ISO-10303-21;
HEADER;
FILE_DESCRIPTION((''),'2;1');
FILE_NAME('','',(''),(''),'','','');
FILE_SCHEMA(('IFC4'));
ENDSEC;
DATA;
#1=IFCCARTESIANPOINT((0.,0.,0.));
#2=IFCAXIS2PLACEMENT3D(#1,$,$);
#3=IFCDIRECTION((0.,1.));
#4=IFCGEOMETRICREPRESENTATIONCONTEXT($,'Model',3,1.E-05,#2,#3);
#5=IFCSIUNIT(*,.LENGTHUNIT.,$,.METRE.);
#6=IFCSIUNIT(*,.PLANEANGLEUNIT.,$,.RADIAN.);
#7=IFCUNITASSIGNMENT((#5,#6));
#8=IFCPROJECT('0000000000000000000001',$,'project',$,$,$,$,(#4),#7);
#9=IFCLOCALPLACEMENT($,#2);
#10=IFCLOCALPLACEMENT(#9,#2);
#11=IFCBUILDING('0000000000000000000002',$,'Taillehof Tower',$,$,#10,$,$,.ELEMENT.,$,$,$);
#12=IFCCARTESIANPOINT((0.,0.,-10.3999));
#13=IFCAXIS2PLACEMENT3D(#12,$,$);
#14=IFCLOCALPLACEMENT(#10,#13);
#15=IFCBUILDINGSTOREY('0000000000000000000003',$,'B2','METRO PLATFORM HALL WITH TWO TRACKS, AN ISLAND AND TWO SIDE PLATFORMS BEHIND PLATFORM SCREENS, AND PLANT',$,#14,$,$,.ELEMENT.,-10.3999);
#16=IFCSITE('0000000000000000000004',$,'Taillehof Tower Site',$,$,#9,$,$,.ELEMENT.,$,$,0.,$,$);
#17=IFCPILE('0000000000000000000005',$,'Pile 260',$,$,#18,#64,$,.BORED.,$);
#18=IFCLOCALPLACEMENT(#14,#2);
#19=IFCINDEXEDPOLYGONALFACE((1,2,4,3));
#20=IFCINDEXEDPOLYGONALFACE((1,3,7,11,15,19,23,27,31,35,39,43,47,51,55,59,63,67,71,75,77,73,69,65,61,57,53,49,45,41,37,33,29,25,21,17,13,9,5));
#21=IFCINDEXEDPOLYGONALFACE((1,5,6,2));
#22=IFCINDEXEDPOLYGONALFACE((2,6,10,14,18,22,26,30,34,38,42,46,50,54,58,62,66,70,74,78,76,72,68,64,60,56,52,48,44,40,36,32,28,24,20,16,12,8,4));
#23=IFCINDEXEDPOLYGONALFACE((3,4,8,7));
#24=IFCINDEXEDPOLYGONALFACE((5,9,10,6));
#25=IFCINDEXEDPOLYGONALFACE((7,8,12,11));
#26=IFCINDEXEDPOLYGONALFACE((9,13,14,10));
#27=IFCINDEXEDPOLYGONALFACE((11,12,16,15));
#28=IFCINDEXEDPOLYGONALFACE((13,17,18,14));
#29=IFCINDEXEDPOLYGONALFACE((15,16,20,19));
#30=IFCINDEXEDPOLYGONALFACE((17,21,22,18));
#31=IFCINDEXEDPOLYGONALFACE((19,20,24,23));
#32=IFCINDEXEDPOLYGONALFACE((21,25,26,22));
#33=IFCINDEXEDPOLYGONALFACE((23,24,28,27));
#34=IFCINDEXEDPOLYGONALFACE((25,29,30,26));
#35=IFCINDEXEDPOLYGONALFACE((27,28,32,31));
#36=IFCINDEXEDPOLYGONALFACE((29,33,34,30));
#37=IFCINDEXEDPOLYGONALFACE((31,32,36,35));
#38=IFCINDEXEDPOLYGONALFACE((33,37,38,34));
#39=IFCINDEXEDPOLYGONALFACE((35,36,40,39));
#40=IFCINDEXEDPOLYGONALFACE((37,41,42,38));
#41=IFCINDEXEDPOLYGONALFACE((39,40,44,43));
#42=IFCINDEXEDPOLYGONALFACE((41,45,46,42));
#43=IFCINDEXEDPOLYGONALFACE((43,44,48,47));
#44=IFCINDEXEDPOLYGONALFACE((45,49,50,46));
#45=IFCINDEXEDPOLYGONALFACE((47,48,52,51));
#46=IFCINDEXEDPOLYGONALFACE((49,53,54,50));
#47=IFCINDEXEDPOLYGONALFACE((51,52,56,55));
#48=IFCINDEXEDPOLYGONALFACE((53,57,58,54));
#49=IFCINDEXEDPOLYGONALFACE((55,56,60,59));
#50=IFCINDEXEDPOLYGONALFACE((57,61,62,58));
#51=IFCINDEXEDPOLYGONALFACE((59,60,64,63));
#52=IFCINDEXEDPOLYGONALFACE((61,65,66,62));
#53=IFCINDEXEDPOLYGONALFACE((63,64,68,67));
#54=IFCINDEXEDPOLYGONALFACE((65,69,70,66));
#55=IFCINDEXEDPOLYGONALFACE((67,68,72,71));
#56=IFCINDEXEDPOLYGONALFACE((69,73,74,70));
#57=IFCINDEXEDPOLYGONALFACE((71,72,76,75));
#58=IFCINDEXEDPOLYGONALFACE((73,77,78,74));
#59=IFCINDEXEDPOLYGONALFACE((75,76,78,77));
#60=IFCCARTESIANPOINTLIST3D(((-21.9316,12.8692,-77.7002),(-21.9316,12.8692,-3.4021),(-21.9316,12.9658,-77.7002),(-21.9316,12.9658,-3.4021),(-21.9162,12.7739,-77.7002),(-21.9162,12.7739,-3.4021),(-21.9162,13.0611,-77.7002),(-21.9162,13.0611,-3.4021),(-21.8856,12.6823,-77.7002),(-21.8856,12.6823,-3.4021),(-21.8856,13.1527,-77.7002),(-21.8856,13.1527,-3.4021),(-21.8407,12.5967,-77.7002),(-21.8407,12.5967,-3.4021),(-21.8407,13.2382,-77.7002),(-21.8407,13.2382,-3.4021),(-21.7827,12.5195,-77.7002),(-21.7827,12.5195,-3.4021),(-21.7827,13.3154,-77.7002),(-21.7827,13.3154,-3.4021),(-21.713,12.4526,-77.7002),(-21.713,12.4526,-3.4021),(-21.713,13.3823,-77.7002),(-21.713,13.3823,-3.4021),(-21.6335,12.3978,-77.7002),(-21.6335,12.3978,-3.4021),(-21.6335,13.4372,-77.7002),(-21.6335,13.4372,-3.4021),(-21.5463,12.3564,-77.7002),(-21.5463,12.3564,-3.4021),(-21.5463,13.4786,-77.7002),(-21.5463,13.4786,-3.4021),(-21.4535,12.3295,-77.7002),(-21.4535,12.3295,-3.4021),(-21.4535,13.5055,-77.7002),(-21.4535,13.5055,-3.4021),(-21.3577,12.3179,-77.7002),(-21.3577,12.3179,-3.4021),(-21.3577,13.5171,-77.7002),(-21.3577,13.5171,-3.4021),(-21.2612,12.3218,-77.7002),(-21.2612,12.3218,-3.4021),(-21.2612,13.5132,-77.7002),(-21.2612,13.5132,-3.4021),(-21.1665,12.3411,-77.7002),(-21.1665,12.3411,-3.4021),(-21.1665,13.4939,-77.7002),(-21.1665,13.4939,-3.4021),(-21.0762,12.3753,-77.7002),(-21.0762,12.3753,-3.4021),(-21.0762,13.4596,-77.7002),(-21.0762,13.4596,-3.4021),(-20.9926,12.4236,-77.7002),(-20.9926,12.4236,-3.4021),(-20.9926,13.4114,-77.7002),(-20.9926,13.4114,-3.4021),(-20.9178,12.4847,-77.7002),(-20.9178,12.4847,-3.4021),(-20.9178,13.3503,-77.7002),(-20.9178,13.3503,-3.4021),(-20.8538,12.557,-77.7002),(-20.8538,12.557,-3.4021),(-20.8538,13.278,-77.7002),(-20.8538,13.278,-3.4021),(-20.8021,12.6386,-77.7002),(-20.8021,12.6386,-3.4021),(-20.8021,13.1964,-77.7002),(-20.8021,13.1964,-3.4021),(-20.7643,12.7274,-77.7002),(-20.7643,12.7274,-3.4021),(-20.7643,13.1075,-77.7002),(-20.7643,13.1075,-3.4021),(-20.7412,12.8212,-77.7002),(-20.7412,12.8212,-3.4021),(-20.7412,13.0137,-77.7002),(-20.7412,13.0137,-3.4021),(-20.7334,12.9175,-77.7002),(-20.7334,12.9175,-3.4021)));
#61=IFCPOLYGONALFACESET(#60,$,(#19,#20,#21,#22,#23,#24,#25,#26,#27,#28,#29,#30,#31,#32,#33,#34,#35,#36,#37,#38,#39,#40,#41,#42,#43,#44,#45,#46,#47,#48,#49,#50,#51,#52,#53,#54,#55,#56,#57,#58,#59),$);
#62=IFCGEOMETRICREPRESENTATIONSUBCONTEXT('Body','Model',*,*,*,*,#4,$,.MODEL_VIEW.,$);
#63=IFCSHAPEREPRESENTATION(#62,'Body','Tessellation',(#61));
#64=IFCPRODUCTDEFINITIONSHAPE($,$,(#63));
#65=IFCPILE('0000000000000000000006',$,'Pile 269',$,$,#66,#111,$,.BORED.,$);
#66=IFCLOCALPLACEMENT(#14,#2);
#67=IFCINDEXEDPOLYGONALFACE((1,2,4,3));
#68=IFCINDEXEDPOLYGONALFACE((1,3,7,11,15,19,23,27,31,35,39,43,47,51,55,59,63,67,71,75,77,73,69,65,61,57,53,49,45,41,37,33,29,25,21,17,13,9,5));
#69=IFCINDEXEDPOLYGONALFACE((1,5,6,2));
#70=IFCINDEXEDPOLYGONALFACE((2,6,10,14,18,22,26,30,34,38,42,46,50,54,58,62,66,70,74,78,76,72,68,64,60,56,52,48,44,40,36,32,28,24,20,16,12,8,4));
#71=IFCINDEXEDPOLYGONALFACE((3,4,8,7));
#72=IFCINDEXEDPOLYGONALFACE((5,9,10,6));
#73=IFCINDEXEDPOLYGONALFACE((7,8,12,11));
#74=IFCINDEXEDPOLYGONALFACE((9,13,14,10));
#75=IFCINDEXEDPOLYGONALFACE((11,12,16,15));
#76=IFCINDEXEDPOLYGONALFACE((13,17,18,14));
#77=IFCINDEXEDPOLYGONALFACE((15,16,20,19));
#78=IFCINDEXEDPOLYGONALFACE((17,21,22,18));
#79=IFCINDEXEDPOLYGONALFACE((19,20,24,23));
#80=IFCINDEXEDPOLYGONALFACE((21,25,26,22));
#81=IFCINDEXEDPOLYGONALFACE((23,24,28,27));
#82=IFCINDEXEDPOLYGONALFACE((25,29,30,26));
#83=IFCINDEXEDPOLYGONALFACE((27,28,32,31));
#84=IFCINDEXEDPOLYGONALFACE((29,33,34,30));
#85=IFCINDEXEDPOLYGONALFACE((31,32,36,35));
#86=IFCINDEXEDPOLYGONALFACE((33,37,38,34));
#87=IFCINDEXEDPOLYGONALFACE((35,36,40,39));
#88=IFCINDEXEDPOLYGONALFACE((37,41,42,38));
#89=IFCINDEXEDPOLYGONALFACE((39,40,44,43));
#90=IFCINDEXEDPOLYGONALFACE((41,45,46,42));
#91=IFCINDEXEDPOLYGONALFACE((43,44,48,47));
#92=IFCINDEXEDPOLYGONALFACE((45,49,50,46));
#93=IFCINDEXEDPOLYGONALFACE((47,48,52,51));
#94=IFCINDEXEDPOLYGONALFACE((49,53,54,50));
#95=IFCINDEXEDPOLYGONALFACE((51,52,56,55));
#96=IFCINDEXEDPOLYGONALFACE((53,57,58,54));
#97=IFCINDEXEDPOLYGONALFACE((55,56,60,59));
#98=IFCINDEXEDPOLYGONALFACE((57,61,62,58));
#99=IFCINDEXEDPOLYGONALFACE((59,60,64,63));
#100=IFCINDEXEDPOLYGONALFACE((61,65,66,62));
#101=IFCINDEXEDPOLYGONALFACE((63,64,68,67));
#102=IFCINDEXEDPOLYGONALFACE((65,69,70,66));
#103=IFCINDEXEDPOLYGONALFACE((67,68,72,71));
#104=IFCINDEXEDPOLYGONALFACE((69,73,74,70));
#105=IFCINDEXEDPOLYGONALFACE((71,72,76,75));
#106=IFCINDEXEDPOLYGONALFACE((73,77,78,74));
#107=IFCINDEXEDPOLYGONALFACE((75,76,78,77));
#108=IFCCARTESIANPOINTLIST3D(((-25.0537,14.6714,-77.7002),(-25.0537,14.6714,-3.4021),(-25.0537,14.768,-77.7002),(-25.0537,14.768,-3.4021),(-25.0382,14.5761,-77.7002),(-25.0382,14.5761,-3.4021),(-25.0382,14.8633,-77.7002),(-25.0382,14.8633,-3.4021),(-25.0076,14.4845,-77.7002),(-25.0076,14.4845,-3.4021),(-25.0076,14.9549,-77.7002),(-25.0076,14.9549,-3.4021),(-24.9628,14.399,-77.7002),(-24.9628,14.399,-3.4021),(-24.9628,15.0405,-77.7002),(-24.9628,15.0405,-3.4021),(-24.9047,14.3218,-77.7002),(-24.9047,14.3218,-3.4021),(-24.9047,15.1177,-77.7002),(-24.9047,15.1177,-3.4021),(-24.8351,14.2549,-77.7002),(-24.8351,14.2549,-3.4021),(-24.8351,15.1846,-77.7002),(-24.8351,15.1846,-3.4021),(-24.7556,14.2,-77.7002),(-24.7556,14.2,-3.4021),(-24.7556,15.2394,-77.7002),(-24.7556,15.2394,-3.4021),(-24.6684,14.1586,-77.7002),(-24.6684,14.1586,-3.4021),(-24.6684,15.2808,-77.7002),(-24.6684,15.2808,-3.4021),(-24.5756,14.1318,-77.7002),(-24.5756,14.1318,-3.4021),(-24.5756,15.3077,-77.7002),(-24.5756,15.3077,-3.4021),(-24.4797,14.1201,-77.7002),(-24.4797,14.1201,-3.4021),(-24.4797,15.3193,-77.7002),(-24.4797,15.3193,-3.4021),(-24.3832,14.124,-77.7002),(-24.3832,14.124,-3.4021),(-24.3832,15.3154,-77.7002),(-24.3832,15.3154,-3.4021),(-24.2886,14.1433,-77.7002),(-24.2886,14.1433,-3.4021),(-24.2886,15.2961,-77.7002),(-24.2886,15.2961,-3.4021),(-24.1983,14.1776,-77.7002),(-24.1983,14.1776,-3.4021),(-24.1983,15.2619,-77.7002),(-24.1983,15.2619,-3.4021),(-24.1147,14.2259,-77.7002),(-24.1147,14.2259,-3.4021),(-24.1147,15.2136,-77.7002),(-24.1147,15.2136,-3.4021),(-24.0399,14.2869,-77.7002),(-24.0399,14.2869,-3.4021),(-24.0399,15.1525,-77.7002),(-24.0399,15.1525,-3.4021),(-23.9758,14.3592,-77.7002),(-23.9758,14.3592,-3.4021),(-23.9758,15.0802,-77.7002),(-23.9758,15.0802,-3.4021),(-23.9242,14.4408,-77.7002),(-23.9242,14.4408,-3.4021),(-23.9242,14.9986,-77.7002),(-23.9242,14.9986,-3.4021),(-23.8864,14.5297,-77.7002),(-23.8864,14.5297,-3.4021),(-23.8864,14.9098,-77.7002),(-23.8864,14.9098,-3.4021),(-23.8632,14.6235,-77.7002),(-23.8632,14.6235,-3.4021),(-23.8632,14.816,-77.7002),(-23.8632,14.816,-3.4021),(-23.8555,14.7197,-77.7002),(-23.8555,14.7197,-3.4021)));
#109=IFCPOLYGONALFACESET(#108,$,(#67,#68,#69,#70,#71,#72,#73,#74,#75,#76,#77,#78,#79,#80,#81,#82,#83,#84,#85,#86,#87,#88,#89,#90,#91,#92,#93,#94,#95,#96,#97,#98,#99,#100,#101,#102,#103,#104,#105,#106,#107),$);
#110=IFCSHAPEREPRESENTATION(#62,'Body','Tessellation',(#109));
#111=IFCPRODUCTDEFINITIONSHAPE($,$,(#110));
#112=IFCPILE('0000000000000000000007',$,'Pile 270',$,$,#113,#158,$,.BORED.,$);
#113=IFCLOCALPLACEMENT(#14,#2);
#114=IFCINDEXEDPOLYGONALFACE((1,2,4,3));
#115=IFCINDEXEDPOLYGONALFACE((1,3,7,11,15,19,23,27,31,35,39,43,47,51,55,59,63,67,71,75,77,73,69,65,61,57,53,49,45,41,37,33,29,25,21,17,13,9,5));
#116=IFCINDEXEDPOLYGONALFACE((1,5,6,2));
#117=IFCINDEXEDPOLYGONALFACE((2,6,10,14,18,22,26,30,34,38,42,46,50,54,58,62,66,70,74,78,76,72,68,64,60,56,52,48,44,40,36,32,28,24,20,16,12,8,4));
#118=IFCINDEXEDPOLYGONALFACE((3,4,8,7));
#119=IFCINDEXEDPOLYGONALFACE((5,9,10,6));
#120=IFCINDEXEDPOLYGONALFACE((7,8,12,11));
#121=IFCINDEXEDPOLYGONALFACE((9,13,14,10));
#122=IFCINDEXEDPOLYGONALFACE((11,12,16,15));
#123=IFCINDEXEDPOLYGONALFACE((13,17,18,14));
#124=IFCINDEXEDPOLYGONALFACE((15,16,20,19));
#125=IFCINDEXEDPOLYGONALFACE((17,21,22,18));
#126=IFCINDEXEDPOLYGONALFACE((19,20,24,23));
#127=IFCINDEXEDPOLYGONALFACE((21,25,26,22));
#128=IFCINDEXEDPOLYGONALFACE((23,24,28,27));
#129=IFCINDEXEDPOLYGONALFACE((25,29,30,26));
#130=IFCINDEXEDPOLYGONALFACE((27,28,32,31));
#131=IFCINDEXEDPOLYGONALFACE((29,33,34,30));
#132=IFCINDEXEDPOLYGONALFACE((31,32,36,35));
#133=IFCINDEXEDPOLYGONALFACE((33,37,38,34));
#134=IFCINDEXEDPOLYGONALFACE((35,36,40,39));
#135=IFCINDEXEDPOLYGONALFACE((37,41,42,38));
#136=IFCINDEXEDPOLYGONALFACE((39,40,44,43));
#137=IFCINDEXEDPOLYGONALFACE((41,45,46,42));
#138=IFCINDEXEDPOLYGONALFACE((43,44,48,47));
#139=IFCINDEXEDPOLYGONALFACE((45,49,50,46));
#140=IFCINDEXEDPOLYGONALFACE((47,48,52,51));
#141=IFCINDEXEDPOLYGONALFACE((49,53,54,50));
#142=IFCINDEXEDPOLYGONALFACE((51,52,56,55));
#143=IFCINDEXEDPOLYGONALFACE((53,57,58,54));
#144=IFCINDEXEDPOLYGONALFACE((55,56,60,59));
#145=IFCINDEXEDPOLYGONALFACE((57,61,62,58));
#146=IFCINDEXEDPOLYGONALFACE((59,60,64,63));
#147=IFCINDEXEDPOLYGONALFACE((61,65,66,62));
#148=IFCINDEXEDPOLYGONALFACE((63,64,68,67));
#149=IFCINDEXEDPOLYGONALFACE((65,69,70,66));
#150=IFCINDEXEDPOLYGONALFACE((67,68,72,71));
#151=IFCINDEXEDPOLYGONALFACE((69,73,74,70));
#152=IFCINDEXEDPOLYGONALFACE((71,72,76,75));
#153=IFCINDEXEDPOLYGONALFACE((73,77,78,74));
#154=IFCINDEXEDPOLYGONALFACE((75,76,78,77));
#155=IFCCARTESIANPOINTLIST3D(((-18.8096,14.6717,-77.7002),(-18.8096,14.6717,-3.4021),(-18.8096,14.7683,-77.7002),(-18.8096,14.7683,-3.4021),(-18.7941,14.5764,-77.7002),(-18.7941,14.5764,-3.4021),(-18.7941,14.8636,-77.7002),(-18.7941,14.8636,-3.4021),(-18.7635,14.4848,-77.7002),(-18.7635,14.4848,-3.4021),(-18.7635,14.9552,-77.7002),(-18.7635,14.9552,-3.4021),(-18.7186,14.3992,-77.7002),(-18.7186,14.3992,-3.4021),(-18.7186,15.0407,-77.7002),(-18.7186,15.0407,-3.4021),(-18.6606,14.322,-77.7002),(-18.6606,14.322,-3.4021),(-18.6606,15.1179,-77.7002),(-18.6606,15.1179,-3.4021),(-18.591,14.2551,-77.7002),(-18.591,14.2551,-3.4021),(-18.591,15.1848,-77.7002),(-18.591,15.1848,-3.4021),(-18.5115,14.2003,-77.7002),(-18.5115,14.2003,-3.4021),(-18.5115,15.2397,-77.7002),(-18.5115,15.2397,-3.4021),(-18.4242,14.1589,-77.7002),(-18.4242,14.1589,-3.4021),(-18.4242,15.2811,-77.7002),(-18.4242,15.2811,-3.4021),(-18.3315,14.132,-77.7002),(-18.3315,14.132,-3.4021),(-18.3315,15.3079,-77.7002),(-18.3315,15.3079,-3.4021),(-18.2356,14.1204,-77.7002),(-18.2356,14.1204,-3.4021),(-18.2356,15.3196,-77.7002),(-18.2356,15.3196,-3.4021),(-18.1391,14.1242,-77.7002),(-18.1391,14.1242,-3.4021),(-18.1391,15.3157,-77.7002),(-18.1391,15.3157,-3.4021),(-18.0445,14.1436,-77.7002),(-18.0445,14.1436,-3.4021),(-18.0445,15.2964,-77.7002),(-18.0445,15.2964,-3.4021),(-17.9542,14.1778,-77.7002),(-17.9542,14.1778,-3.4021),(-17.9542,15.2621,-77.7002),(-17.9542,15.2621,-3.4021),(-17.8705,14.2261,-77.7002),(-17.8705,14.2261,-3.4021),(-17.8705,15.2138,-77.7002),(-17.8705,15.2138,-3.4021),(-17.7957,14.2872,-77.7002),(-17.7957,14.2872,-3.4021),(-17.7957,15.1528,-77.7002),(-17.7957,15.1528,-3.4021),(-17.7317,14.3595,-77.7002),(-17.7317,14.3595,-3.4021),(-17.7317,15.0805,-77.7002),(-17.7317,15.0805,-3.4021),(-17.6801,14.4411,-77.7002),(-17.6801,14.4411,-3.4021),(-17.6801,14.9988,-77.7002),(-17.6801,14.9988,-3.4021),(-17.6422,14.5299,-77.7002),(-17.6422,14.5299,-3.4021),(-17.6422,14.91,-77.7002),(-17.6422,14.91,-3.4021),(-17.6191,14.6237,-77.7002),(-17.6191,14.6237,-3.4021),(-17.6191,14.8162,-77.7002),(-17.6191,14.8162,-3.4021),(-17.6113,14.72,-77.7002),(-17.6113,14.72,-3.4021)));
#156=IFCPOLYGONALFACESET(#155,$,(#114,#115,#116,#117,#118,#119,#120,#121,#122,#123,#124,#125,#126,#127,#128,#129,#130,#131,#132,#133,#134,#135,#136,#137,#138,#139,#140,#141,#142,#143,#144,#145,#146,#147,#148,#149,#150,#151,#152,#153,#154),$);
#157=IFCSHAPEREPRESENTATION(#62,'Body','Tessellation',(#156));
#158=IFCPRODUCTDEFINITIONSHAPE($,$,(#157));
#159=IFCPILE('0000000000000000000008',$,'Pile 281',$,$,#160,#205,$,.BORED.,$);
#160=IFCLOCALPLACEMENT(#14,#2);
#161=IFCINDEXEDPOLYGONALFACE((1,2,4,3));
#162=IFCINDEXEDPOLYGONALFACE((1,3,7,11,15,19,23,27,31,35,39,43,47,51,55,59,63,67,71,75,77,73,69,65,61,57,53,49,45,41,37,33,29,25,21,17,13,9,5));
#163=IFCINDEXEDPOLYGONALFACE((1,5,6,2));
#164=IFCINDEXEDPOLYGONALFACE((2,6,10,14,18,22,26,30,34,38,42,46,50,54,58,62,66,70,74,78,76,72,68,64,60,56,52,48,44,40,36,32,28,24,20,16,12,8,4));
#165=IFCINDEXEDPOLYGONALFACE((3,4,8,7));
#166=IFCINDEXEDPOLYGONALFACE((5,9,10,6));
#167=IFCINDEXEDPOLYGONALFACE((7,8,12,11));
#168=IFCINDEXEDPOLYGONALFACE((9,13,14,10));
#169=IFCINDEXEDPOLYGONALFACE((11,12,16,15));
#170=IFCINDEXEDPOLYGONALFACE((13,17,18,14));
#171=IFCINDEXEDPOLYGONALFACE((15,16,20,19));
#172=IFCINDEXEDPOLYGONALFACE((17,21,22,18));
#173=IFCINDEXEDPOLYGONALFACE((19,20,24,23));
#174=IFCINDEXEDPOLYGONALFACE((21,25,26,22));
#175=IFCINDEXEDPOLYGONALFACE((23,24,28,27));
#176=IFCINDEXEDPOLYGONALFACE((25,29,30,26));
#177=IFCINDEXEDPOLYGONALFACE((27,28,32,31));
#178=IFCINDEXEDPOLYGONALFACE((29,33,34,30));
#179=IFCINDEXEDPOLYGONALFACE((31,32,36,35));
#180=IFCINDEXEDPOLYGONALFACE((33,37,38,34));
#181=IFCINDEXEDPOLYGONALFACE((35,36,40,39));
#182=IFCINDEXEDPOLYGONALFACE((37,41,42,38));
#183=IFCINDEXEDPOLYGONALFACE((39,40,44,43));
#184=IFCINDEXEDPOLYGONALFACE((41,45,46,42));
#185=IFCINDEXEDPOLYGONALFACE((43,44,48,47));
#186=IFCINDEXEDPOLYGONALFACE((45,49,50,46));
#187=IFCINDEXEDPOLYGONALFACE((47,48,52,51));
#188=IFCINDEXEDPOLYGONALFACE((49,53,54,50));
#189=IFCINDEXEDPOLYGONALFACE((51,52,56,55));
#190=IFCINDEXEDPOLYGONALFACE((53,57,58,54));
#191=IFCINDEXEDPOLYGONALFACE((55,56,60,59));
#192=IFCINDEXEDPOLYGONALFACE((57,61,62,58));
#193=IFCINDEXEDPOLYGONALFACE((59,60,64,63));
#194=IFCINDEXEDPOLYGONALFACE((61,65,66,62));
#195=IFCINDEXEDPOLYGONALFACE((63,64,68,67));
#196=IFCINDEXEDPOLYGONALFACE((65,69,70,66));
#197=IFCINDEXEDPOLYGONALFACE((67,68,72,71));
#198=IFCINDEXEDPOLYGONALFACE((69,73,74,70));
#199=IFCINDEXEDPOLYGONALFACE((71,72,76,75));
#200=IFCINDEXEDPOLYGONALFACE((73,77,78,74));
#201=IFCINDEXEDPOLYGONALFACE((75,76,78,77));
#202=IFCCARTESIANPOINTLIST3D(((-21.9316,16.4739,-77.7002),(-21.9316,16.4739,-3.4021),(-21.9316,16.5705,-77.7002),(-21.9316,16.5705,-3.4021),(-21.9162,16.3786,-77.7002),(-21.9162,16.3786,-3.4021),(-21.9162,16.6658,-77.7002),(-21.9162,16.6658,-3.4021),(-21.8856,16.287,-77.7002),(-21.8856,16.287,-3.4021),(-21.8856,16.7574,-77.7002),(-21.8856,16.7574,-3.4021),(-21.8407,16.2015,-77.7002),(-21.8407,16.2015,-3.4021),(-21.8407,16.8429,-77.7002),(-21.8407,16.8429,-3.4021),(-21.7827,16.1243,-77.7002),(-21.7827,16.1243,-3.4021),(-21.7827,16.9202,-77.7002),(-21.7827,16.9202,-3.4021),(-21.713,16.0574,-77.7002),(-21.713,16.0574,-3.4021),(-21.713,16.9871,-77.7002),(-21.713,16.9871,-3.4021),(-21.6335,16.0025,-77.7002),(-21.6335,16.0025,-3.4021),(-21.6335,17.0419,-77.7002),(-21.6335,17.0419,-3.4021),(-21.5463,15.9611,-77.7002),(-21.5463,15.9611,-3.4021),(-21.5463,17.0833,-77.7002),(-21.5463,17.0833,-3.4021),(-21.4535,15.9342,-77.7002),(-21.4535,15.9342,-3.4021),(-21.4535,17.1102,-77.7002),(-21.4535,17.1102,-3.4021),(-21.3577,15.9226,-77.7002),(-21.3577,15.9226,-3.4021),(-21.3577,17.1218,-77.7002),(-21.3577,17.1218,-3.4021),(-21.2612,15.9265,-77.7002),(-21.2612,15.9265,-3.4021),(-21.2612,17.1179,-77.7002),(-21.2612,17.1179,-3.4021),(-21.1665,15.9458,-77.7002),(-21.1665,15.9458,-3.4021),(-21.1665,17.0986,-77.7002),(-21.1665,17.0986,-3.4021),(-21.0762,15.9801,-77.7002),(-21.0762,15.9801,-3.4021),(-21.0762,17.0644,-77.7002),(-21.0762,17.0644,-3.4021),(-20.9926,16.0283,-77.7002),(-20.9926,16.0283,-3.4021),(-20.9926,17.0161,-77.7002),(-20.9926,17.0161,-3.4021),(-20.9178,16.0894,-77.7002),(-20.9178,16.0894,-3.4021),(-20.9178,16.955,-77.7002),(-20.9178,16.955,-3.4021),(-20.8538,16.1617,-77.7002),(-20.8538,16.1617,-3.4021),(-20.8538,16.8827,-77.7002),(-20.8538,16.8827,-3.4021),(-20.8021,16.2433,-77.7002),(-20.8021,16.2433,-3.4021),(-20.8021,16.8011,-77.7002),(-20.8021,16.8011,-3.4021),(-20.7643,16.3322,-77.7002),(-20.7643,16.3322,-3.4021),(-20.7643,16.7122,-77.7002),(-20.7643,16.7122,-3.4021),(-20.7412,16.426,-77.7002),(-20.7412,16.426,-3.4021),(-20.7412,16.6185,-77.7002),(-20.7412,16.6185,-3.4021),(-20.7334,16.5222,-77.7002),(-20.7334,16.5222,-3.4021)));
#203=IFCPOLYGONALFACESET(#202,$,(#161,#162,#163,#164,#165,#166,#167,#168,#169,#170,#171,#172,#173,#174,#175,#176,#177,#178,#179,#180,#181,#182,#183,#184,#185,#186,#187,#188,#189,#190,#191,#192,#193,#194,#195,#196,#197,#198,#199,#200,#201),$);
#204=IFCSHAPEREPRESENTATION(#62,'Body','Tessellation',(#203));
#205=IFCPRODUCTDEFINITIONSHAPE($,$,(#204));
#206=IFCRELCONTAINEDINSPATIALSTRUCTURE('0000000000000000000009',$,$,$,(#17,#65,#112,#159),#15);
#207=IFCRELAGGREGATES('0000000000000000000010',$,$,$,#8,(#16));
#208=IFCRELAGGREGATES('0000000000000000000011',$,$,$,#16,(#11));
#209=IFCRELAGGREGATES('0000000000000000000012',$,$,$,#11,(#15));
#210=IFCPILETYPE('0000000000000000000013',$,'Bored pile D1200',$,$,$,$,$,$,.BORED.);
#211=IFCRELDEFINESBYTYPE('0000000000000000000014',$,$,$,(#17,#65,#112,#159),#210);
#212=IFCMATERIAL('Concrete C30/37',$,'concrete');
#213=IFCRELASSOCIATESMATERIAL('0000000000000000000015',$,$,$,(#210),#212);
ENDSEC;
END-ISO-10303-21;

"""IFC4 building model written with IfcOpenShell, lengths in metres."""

from ifc_helpers import new_model, si_unit, direction, frame, origin, origin_2d, place, context, subcontext, project, spatial, circle, extrude, material, material_profile, profile_set, type_object, element, save


model = new_model("IFC4")

# Units and contexts
model_context = context("Model", 3, precision=1e-05, world=origin(), true_north=direction((0.0, 1.0)))
body_context = subcontext(model_context, "Body", "Model", "MODEL_VIEW")
ifc_project = project(units=[si_unit("LENGTHUNIT", "METRE"), si_unit("PLANEANGLEUNIT", "RADIAN")], contexts=[model_context])

# Site, building, storey
site_placement = place(None, origin())
site = spatial("IfcSite", under=ifc_project, at=site_placement, Name="Taillehof Tower Site", CompositionType="ELEMENT", RefElevation=0.0)
building_placement = place(site_placement, origin())
building = spatial("IfcBuilding", under=site, at=building_placement, Name="Taillehof Tower", CompositionType="ELEMENT")
storey_placement = place(building_placement, frame((0.0, 0.0, -10.3999)))
storey = spatial("IfcBuildingStorey", under=building, at=storey_placement, Name="B2", Description="METRO PLATFORM HALL WITH TWO TRACKS, AN ISLAND AND TWO SIDE PLATFORMS BEHIND PLATFORM SCREENS, AND PLANT", CompositionType="ELEMENT", Elevation=-10.3999)

# Piles
ifc_material_1 = material(Name="Concrete C30/37", Category="concrete")
ifc_material_profile_1 = material_profile(ifc_material_1, circle(Radius=0.6001, at=origin_2d()), Name="BP D1200")
ifc_profile_set_1 = profile_set([ifc_material_profile_1], Name="Concrete C30/37")
pile_type = type_object("IfcPileType", Name="Bored pile D1200", PredefinedType="BORED", material=ifc_profile_set_1)
for number, where, z_axis, x_axis, name in (
    (1, (-21.3335, 12.9175, -3.4021), (0.0, 0.0, -1.0), (1.0, 0.0, 0.0), "Pile 260"),
    (2, (-24.4556, 14.7197, -3.4021), (0.0, 0.0, -1.0), (1.0, 0.0, 0.0), "Pile 269"),
    (3, (-18.2114, 14.72, -3.4021), (0.0, 0.0, -1.0), (1.0, 0.0, 0.0), "Pile 270"),
    (4, (-21.3335, 16.5222, -3.4021), (0.0, 0.0, -1.0), (1.0, 0.0, 0.0), "Pile 281"),
):
    element("IfcPile", number, at=place(storey_placement, frame(where, z_axis=z_axis, x_axis=x_axis)), inside=storey, type_object=pile_type, Name=name, PredefinedType="BORED", context=body_context, shape_type="SweptSolid", body=[
        extrude(circle(Radius=0.6001, at=origin_2d()), origin(), (0.0, 0.0, 1.0), 74.2981),
    ])

save(model, "model.ifc")
